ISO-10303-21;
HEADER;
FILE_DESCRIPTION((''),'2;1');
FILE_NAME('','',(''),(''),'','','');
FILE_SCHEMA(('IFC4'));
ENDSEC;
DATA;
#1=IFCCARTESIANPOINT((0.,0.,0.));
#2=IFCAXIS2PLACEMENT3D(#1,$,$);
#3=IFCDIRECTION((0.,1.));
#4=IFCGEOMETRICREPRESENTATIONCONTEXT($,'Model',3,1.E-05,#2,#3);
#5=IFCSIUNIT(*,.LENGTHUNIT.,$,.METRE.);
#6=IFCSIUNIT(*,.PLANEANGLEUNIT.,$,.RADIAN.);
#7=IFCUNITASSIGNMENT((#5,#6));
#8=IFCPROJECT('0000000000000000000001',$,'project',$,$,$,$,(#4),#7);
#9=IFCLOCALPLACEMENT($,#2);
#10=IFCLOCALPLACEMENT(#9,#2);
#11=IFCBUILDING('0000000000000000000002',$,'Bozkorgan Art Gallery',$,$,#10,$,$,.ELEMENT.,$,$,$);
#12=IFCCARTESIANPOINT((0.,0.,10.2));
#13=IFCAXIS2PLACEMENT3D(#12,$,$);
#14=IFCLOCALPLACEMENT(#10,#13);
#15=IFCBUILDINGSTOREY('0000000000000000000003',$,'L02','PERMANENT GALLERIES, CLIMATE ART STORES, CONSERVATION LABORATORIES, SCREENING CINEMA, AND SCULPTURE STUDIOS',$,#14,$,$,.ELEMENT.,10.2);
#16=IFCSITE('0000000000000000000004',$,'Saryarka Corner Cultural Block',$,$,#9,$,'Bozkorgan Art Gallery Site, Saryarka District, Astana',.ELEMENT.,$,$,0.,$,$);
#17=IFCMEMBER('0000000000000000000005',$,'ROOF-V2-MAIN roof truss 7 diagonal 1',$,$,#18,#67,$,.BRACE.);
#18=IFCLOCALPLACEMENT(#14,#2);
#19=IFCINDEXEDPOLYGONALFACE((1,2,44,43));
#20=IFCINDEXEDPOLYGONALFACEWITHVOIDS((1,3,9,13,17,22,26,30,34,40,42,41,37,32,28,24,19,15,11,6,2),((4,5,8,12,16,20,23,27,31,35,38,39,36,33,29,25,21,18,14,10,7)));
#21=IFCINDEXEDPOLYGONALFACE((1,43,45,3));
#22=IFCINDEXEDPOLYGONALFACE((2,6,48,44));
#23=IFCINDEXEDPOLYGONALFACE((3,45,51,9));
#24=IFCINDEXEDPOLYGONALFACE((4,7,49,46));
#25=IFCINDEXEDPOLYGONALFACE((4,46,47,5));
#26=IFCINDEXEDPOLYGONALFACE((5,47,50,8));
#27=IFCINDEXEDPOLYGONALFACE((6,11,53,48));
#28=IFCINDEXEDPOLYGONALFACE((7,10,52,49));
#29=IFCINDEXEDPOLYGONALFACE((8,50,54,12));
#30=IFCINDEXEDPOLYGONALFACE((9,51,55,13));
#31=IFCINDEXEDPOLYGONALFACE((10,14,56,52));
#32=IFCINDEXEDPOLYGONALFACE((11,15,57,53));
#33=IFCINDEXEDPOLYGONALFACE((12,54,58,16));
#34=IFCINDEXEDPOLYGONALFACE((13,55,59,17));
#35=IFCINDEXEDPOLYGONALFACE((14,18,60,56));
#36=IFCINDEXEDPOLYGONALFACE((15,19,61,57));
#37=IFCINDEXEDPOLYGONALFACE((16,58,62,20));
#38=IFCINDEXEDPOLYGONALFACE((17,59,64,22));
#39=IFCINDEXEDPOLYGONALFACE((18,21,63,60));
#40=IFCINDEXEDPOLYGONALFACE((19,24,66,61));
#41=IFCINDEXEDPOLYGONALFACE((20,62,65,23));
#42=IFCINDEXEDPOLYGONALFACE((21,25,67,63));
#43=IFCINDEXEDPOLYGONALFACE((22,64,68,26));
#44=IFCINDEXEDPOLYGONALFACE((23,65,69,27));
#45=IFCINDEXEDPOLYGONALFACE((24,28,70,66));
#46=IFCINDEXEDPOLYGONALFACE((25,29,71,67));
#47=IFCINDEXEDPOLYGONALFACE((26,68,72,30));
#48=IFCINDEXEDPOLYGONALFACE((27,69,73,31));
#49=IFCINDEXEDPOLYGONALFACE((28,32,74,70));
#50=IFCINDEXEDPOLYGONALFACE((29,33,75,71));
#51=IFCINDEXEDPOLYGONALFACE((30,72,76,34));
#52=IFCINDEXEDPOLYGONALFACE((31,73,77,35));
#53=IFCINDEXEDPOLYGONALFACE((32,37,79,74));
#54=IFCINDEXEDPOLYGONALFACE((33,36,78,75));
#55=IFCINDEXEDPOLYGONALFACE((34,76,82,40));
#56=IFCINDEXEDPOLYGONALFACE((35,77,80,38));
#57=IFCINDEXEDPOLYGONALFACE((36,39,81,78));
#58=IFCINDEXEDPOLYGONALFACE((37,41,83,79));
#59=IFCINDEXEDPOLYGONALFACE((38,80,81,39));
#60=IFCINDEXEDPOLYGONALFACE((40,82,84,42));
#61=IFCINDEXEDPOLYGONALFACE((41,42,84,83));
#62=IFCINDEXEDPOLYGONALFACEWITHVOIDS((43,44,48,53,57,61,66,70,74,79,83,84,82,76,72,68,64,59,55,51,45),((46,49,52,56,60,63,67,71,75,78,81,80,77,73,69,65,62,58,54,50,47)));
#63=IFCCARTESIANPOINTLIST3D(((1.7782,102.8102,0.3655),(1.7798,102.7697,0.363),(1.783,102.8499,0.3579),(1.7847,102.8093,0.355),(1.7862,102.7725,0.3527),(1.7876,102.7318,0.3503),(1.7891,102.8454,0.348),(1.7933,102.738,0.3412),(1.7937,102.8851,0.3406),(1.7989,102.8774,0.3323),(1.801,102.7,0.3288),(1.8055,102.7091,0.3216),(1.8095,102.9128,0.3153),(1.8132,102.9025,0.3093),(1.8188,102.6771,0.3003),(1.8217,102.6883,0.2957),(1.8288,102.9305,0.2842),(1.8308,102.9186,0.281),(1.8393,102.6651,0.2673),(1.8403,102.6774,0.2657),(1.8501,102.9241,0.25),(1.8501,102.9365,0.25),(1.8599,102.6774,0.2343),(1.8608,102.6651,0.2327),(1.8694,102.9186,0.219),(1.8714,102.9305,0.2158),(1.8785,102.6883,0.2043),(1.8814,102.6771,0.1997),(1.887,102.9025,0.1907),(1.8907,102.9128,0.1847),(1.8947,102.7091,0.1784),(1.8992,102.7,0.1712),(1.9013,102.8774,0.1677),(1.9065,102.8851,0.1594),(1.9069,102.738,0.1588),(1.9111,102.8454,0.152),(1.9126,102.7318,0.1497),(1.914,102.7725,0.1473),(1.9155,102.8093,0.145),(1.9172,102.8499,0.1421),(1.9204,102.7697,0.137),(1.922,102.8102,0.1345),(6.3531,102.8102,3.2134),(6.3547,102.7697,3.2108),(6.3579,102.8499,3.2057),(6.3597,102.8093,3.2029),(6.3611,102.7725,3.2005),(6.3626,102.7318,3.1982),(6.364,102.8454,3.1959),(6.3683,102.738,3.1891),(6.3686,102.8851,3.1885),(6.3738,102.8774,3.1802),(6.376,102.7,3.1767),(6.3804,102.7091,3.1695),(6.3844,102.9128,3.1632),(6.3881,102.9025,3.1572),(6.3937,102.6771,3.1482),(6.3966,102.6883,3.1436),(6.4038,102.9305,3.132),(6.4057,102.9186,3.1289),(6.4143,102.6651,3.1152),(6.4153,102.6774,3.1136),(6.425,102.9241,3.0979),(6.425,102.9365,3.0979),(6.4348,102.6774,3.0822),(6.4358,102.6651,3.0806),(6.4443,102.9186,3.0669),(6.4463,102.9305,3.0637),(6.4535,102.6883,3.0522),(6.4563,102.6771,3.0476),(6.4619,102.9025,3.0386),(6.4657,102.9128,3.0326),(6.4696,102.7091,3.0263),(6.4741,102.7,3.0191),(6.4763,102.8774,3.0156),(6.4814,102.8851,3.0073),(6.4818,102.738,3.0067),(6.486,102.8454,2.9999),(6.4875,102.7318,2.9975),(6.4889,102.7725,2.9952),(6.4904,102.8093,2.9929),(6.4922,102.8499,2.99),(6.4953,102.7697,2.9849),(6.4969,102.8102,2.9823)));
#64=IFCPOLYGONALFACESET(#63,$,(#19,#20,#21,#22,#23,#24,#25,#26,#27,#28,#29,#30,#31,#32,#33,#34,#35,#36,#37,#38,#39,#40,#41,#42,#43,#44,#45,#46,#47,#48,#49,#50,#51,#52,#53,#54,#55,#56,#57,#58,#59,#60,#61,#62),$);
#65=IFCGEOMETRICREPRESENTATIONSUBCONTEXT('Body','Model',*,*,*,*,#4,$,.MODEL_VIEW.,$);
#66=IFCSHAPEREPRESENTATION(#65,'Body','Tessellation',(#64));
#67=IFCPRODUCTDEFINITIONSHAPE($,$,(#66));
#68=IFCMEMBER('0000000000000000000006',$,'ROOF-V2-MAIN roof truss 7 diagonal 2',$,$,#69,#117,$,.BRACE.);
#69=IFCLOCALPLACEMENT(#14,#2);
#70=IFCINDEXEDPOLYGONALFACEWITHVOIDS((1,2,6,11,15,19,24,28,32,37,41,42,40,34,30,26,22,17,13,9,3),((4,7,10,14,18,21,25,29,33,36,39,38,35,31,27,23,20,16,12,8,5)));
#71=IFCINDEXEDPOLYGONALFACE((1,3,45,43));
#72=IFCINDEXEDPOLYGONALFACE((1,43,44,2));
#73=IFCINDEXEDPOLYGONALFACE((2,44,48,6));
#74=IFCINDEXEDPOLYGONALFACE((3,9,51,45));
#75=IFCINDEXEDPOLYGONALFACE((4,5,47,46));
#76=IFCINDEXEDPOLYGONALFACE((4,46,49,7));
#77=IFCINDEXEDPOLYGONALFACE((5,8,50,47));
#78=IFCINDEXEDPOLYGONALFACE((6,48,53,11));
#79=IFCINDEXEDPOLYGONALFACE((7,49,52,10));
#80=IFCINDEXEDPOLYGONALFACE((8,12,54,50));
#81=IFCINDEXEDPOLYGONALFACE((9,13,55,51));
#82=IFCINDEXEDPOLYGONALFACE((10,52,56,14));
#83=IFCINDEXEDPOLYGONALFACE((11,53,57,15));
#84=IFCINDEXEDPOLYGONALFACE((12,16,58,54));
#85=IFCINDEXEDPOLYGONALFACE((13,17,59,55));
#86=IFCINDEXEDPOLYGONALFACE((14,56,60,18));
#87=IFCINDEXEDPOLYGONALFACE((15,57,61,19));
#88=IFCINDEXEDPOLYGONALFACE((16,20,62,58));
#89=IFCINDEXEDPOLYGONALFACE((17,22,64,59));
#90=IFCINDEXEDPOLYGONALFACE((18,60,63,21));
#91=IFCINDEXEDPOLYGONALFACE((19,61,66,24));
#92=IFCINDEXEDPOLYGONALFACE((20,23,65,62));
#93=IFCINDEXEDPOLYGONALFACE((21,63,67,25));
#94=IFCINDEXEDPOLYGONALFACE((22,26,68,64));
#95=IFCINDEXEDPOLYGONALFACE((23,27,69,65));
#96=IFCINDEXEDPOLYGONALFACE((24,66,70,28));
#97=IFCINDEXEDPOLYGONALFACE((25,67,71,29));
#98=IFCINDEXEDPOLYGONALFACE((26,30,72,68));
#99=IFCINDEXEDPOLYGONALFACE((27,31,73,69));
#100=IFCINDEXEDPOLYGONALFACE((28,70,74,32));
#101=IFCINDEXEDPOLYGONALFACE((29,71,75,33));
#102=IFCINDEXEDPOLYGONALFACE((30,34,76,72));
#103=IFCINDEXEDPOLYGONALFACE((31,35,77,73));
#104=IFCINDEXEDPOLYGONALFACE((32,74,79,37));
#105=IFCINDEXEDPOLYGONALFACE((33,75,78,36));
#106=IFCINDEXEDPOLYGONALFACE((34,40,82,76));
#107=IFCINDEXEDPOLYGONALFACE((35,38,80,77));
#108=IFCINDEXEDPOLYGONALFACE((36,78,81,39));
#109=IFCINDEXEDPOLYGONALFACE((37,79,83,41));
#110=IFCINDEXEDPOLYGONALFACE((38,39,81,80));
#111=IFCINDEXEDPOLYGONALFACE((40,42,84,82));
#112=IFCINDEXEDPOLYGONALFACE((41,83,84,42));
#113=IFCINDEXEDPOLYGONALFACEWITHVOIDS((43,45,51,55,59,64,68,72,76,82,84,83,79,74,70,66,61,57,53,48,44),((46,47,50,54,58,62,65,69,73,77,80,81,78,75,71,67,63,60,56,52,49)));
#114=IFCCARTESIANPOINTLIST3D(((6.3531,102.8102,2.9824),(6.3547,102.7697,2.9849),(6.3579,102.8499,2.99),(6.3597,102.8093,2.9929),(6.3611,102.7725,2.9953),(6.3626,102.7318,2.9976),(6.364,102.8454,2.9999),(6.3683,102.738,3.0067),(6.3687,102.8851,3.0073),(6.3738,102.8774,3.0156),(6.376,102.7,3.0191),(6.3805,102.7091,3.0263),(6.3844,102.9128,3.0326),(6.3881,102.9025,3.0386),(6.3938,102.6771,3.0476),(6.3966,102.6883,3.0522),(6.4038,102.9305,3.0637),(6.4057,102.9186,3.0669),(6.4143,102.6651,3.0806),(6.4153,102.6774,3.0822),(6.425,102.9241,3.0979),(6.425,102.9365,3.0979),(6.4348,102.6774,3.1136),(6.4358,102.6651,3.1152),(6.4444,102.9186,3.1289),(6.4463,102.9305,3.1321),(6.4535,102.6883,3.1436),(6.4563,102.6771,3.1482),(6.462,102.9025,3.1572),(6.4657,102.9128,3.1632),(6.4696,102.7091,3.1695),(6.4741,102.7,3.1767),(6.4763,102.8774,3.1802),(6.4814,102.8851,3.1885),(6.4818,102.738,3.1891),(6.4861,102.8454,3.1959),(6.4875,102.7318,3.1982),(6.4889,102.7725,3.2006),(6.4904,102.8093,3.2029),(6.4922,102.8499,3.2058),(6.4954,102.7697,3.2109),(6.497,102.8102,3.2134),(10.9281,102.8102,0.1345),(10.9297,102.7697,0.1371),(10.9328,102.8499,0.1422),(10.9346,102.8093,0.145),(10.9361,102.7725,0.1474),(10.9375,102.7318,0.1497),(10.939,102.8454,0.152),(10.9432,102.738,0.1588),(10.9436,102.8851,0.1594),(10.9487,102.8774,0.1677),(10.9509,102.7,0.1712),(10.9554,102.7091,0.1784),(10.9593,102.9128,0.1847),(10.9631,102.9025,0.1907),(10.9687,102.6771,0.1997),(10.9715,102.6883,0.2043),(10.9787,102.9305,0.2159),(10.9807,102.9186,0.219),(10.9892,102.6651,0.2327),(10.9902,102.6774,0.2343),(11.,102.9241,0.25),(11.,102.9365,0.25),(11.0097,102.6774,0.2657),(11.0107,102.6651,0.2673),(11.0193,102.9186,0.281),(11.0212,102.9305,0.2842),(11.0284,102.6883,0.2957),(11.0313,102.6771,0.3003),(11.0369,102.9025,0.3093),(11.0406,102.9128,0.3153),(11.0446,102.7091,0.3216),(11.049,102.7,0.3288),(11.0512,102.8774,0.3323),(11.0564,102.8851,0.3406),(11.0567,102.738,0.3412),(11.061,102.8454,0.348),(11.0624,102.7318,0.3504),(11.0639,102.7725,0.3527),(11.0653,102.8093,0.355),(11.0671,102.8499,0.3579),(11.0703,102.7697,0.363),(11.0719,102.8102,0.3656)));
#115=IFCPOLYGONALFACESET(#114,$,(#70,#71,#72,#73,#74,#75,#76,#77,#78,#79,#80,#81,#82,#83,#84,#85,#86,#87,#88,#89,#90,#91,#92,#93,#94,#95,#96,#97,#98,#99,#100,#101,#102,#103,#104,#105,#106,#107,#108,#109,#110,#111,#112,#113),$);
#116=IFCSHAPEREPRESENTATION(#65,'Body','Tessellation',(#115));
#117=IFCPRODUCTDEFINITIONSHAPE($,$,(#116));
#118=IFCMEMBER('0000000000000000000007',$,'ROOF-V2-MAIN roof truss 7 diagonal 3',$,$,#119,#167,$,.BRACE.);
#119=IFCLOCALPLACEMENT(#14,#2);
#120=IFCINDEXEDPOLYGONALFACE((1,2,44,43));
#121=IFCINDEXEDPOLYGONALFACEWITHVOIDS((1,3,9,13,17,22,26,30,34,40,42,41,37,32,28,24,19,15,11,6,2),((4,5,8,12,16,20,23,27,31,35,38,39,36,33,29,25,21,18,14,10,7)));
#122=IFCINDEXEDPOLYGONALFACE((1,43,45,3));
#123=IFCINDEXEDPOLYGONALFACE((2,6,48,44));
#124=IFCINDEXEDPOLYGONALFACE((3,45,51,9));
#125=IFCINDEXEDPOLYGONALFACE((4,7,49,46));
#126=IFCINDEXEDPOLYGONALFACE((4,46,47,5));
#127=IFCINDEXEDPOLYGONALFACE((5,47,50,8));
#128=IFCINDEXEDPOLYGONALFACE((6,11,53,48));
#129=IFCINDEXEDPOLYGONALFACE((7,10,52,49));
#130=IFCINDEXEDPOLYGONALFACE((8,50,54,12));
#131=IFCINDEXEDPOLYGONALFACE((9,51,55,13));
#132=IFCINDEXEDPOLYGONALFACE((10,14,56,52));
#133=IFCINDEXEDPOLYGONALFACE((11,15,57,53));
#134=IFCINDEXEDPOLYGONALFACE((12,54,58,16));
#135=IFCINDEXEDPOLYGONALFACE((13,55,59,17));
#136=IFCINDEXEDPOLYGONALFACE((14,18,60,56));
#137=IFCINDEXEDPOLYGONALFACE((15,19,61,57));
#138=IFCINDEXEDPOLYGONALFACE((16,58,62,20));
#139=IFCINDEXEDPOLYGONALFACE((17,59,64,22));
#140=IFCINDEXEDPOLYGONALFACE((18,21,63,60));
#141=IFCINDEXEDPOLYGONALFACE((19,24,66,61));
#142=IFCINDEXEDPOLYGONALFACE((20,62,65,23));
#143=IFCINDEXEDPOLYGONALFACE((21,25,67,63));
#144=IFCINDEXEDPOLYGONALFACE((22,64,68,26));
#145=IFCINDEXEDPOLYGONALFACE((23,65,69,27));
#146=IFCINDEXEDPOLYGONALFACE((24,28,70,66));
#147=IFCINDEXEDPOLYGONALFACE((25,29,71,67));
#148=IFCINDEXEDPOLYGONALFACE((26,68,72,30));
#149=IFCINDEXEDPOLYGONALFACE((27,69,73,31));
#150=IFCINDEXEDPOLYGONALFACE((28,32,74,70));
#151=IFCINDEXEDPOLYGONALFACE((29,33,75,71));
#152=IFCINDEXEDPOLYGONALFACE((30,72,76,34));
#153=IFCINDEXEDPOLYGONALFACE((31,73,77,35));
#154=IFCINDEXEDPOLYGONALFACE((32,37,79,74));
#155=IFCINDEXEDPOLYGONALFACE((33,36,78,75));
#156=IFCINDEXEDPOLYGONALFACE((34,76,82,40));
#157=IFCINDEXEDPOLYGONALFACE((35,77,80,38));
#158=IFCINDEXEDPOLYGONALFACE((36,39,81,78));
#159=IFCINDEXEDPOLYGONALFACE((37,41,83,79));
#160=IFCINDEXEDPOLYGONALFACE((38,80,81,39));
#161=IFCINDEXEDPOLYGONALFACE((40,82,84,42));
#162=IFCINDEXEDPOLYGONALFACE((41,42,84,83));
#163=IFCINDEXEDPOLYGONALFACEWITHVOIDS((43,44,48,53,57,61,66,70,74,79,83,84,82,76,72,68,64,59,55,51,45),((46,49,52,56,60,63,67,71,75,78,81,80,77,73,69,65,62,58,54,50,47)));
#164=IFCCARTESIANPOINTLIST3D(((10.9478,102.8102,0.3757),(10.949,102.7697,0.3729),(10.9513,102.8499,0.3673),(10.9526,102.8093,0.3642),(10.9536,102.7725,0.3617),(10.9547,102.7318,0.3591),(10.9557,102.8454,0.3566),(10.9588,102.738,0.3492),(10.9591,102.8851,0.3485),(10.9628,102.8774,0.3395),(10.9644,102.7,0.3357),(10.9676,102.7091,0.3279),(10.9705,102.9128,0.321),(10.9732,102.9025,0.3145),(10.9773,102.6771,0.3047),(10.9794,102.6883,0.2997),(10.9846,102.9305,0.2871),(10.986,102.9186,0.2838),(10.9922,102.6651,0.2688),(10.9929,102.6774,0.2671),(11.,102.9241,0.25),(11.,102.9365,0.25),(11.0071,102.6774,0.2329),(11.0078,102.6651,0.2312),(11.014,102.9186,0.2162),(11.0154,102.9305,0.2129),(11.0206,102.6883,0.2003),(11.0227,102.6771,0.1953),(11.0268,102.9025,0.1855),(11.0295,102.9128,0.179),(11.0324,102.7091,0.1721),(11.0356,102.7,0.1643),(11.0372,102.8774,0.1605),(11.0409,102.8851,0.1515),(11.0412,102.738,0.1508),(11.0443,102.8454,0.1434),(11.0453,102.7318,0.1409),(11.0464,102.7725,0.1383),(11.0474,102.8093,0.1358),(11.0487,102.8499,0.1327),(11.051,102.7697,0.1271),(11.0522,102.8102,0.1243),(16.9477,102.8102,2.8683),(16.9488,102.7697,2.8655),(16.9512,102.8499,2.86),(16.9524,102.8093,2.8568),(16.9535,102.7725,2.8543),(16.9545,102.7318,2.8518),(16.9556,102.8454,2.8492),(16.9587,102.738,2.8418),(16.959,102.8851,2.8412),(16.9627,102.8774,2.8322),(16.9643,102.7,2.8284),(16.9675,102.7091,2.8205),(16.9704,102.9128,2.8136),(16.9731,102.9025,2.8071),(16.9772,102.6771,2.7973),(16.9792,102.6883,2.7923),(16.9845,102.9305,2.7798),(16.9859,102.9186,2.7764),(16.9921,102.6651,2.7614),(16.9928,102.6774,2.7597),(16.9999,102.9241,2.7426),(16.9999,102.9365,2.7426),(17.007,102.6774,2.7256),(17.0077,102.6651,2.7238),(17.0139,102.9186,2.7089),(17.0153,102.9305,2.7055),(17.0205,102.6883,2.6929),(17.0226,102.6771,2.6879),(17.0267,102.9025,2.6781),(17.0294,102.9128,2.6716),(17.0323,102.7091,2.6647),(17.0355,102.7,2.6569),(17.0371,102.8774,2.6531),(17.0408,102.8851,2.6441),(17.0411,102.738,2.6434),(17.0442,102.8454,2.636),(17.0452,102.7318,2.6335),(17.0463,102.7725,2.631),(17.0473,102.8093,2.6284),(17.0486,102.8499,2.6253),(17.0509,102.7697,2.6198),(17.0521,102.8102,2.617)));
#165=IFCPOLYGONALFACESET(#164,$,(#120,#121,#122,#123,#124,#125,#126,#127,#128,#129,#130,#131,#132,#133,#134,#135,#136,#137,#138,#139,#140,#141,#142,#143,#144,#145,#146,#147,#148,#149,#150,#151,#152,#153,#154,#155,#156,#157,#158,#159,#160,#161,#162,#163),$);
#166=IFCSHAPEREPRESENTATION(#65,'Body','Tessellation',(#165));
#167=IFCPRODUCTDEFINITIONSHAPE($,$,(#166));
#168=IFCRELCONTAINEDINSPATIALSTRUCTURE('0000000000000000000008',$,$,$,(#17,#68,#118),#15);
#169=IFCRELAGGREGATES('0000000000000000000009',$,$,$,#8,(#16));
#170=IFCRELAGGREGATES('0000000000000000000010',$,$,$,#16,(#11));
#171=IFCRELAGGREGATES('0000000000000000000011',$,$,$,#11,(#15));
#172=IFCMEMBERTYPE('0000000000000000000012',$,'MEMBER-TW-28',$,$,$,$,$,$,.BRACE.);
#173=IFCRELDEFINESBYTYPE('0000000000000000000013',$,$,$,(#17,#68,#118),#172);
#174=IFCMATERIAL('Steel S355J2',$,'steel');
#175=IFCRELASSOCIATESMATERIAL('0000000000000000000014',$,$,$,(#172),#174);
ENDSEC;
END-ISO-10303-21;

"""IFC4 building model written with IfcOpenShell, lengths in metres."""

from ifc_helpers import new_model, si_unit, direction, frame, origin, origin_2d, place, context, subcontext, project, spatial, hollow_circle, extrude, material, material_profile, profile_set, type_object, element, save


model = new_model("IFC4")

# Units and contexts
model_context = context("Model", 3, precision=1e-05, world=origin(), true_north=direction((0.0, 1.0)))
body_context = subcontext(model_context, "Body", "Model", "MODEL_VIEW")
ifc_project = project(units=[si_unit("LENGTHUNIT", "METRE"), si_unit("PLANEANGLEUNIT", "RADIAN")], contexts=[model_context])

# Site, building, storey
site_placement = place(None, origin())
site = spatial("IfcSite", under=ifc_project, at=site_placement, Name="Saryarka Corner Cultural Block", LongName="Bozkorgan Art Gallery Site, Saryarka District, Astana", CompositionType="ELEMENT", RefElevation=0.0)
building_placement = place(site_placement, origin())
building = spatial("IfcBuilding", under=site, at=building_placement, Name="Bozkorgan Art Gallery", CompositionType="ELEMENT")
storey_placement = place(building_placement, frame((0.0, 0.0, 10.2)))
storey = spatial("IfcBuildingStorey", under=building, at=storey_placement, Name="L02", Description="PERMANENT GALLERIES, CLIMATE ART STORES, CONSERVATION LABORATORIES, SCREENING CINEMA, AND SCULPTURE STUDIOS", CompositionType="ELEMENT", Elevation=10.2)

# Shared definitions
ifc_material_1 = material(Name="Steel S355J2", Category="steel")

# Members
ifc_material_profile_1 = material_profile(ifc_material_1, hollow_circle(Radius=0.1365, WallThickness=0.0125, at=origin_2d()), Name="CHS 273x12.5")
ifc_profile_set_1 = profile_set([ifc_material_profile_1], Name="Steel S355J2")
member_type_1 = type_object("IfcMemberType", Name="MEMBER-TW-28", PredefinedType="BRACE", material=ifc_profile_set_1)
for number, where, z_axis, x_axis, name in (
    (1, (1.8501, 102.8, 0.25), (0.848951, 0.0, 0.528471), (0.0, 1.0, 0.0), "ROOF-V2-MAIN roof truss 7 diagonal 1"),
    (2, (6.425, 102.8, 3.0979), (0.848951, 0.0, -0.528471), (0.0, 1.0, 0.0), "ROOF-V2-MAIN roof truss 7 diagonal 2"),
):
    element("IfcMember", number, at=place(storey_placement, frame(where, z_axis=z_axis, x_axis=x_axis)), inside=storey, type_object=member_type_1, Name=name, PredefinedType="BRACE", context=body_context, shape_type="SweptSolid", body=[
        extrude(hollow_circle(Radius=0.1365, WallThickness=0.0125, at=origin_2d()), origin(), (0.0, 0.0, 1.0), 5.3889),
    ])
member_1_placement = place(storey_placement, frame((11.0, 102.8, 0.25), z_axis=(0.923477, 0.0, 0.383655), x_axis=(0.0, 1.0, 0.0)))
element("IfcMember", 3, at=member_1_placement, inside=storey, type_object=member_type_1, Name="ROOF-V2-MAIN roof truss 7 diagonal 3", PredefinedType="BRACE", context=body_context, shape_type="SweptSolid", body=[
    extrude(hollow_circle(Radius=0.1365, WallThickness=0.0125, at=origin_2d()), origin(), (0.0, 0.0, 1.0), 6.4971),
])

save(model, "model.ifc")
